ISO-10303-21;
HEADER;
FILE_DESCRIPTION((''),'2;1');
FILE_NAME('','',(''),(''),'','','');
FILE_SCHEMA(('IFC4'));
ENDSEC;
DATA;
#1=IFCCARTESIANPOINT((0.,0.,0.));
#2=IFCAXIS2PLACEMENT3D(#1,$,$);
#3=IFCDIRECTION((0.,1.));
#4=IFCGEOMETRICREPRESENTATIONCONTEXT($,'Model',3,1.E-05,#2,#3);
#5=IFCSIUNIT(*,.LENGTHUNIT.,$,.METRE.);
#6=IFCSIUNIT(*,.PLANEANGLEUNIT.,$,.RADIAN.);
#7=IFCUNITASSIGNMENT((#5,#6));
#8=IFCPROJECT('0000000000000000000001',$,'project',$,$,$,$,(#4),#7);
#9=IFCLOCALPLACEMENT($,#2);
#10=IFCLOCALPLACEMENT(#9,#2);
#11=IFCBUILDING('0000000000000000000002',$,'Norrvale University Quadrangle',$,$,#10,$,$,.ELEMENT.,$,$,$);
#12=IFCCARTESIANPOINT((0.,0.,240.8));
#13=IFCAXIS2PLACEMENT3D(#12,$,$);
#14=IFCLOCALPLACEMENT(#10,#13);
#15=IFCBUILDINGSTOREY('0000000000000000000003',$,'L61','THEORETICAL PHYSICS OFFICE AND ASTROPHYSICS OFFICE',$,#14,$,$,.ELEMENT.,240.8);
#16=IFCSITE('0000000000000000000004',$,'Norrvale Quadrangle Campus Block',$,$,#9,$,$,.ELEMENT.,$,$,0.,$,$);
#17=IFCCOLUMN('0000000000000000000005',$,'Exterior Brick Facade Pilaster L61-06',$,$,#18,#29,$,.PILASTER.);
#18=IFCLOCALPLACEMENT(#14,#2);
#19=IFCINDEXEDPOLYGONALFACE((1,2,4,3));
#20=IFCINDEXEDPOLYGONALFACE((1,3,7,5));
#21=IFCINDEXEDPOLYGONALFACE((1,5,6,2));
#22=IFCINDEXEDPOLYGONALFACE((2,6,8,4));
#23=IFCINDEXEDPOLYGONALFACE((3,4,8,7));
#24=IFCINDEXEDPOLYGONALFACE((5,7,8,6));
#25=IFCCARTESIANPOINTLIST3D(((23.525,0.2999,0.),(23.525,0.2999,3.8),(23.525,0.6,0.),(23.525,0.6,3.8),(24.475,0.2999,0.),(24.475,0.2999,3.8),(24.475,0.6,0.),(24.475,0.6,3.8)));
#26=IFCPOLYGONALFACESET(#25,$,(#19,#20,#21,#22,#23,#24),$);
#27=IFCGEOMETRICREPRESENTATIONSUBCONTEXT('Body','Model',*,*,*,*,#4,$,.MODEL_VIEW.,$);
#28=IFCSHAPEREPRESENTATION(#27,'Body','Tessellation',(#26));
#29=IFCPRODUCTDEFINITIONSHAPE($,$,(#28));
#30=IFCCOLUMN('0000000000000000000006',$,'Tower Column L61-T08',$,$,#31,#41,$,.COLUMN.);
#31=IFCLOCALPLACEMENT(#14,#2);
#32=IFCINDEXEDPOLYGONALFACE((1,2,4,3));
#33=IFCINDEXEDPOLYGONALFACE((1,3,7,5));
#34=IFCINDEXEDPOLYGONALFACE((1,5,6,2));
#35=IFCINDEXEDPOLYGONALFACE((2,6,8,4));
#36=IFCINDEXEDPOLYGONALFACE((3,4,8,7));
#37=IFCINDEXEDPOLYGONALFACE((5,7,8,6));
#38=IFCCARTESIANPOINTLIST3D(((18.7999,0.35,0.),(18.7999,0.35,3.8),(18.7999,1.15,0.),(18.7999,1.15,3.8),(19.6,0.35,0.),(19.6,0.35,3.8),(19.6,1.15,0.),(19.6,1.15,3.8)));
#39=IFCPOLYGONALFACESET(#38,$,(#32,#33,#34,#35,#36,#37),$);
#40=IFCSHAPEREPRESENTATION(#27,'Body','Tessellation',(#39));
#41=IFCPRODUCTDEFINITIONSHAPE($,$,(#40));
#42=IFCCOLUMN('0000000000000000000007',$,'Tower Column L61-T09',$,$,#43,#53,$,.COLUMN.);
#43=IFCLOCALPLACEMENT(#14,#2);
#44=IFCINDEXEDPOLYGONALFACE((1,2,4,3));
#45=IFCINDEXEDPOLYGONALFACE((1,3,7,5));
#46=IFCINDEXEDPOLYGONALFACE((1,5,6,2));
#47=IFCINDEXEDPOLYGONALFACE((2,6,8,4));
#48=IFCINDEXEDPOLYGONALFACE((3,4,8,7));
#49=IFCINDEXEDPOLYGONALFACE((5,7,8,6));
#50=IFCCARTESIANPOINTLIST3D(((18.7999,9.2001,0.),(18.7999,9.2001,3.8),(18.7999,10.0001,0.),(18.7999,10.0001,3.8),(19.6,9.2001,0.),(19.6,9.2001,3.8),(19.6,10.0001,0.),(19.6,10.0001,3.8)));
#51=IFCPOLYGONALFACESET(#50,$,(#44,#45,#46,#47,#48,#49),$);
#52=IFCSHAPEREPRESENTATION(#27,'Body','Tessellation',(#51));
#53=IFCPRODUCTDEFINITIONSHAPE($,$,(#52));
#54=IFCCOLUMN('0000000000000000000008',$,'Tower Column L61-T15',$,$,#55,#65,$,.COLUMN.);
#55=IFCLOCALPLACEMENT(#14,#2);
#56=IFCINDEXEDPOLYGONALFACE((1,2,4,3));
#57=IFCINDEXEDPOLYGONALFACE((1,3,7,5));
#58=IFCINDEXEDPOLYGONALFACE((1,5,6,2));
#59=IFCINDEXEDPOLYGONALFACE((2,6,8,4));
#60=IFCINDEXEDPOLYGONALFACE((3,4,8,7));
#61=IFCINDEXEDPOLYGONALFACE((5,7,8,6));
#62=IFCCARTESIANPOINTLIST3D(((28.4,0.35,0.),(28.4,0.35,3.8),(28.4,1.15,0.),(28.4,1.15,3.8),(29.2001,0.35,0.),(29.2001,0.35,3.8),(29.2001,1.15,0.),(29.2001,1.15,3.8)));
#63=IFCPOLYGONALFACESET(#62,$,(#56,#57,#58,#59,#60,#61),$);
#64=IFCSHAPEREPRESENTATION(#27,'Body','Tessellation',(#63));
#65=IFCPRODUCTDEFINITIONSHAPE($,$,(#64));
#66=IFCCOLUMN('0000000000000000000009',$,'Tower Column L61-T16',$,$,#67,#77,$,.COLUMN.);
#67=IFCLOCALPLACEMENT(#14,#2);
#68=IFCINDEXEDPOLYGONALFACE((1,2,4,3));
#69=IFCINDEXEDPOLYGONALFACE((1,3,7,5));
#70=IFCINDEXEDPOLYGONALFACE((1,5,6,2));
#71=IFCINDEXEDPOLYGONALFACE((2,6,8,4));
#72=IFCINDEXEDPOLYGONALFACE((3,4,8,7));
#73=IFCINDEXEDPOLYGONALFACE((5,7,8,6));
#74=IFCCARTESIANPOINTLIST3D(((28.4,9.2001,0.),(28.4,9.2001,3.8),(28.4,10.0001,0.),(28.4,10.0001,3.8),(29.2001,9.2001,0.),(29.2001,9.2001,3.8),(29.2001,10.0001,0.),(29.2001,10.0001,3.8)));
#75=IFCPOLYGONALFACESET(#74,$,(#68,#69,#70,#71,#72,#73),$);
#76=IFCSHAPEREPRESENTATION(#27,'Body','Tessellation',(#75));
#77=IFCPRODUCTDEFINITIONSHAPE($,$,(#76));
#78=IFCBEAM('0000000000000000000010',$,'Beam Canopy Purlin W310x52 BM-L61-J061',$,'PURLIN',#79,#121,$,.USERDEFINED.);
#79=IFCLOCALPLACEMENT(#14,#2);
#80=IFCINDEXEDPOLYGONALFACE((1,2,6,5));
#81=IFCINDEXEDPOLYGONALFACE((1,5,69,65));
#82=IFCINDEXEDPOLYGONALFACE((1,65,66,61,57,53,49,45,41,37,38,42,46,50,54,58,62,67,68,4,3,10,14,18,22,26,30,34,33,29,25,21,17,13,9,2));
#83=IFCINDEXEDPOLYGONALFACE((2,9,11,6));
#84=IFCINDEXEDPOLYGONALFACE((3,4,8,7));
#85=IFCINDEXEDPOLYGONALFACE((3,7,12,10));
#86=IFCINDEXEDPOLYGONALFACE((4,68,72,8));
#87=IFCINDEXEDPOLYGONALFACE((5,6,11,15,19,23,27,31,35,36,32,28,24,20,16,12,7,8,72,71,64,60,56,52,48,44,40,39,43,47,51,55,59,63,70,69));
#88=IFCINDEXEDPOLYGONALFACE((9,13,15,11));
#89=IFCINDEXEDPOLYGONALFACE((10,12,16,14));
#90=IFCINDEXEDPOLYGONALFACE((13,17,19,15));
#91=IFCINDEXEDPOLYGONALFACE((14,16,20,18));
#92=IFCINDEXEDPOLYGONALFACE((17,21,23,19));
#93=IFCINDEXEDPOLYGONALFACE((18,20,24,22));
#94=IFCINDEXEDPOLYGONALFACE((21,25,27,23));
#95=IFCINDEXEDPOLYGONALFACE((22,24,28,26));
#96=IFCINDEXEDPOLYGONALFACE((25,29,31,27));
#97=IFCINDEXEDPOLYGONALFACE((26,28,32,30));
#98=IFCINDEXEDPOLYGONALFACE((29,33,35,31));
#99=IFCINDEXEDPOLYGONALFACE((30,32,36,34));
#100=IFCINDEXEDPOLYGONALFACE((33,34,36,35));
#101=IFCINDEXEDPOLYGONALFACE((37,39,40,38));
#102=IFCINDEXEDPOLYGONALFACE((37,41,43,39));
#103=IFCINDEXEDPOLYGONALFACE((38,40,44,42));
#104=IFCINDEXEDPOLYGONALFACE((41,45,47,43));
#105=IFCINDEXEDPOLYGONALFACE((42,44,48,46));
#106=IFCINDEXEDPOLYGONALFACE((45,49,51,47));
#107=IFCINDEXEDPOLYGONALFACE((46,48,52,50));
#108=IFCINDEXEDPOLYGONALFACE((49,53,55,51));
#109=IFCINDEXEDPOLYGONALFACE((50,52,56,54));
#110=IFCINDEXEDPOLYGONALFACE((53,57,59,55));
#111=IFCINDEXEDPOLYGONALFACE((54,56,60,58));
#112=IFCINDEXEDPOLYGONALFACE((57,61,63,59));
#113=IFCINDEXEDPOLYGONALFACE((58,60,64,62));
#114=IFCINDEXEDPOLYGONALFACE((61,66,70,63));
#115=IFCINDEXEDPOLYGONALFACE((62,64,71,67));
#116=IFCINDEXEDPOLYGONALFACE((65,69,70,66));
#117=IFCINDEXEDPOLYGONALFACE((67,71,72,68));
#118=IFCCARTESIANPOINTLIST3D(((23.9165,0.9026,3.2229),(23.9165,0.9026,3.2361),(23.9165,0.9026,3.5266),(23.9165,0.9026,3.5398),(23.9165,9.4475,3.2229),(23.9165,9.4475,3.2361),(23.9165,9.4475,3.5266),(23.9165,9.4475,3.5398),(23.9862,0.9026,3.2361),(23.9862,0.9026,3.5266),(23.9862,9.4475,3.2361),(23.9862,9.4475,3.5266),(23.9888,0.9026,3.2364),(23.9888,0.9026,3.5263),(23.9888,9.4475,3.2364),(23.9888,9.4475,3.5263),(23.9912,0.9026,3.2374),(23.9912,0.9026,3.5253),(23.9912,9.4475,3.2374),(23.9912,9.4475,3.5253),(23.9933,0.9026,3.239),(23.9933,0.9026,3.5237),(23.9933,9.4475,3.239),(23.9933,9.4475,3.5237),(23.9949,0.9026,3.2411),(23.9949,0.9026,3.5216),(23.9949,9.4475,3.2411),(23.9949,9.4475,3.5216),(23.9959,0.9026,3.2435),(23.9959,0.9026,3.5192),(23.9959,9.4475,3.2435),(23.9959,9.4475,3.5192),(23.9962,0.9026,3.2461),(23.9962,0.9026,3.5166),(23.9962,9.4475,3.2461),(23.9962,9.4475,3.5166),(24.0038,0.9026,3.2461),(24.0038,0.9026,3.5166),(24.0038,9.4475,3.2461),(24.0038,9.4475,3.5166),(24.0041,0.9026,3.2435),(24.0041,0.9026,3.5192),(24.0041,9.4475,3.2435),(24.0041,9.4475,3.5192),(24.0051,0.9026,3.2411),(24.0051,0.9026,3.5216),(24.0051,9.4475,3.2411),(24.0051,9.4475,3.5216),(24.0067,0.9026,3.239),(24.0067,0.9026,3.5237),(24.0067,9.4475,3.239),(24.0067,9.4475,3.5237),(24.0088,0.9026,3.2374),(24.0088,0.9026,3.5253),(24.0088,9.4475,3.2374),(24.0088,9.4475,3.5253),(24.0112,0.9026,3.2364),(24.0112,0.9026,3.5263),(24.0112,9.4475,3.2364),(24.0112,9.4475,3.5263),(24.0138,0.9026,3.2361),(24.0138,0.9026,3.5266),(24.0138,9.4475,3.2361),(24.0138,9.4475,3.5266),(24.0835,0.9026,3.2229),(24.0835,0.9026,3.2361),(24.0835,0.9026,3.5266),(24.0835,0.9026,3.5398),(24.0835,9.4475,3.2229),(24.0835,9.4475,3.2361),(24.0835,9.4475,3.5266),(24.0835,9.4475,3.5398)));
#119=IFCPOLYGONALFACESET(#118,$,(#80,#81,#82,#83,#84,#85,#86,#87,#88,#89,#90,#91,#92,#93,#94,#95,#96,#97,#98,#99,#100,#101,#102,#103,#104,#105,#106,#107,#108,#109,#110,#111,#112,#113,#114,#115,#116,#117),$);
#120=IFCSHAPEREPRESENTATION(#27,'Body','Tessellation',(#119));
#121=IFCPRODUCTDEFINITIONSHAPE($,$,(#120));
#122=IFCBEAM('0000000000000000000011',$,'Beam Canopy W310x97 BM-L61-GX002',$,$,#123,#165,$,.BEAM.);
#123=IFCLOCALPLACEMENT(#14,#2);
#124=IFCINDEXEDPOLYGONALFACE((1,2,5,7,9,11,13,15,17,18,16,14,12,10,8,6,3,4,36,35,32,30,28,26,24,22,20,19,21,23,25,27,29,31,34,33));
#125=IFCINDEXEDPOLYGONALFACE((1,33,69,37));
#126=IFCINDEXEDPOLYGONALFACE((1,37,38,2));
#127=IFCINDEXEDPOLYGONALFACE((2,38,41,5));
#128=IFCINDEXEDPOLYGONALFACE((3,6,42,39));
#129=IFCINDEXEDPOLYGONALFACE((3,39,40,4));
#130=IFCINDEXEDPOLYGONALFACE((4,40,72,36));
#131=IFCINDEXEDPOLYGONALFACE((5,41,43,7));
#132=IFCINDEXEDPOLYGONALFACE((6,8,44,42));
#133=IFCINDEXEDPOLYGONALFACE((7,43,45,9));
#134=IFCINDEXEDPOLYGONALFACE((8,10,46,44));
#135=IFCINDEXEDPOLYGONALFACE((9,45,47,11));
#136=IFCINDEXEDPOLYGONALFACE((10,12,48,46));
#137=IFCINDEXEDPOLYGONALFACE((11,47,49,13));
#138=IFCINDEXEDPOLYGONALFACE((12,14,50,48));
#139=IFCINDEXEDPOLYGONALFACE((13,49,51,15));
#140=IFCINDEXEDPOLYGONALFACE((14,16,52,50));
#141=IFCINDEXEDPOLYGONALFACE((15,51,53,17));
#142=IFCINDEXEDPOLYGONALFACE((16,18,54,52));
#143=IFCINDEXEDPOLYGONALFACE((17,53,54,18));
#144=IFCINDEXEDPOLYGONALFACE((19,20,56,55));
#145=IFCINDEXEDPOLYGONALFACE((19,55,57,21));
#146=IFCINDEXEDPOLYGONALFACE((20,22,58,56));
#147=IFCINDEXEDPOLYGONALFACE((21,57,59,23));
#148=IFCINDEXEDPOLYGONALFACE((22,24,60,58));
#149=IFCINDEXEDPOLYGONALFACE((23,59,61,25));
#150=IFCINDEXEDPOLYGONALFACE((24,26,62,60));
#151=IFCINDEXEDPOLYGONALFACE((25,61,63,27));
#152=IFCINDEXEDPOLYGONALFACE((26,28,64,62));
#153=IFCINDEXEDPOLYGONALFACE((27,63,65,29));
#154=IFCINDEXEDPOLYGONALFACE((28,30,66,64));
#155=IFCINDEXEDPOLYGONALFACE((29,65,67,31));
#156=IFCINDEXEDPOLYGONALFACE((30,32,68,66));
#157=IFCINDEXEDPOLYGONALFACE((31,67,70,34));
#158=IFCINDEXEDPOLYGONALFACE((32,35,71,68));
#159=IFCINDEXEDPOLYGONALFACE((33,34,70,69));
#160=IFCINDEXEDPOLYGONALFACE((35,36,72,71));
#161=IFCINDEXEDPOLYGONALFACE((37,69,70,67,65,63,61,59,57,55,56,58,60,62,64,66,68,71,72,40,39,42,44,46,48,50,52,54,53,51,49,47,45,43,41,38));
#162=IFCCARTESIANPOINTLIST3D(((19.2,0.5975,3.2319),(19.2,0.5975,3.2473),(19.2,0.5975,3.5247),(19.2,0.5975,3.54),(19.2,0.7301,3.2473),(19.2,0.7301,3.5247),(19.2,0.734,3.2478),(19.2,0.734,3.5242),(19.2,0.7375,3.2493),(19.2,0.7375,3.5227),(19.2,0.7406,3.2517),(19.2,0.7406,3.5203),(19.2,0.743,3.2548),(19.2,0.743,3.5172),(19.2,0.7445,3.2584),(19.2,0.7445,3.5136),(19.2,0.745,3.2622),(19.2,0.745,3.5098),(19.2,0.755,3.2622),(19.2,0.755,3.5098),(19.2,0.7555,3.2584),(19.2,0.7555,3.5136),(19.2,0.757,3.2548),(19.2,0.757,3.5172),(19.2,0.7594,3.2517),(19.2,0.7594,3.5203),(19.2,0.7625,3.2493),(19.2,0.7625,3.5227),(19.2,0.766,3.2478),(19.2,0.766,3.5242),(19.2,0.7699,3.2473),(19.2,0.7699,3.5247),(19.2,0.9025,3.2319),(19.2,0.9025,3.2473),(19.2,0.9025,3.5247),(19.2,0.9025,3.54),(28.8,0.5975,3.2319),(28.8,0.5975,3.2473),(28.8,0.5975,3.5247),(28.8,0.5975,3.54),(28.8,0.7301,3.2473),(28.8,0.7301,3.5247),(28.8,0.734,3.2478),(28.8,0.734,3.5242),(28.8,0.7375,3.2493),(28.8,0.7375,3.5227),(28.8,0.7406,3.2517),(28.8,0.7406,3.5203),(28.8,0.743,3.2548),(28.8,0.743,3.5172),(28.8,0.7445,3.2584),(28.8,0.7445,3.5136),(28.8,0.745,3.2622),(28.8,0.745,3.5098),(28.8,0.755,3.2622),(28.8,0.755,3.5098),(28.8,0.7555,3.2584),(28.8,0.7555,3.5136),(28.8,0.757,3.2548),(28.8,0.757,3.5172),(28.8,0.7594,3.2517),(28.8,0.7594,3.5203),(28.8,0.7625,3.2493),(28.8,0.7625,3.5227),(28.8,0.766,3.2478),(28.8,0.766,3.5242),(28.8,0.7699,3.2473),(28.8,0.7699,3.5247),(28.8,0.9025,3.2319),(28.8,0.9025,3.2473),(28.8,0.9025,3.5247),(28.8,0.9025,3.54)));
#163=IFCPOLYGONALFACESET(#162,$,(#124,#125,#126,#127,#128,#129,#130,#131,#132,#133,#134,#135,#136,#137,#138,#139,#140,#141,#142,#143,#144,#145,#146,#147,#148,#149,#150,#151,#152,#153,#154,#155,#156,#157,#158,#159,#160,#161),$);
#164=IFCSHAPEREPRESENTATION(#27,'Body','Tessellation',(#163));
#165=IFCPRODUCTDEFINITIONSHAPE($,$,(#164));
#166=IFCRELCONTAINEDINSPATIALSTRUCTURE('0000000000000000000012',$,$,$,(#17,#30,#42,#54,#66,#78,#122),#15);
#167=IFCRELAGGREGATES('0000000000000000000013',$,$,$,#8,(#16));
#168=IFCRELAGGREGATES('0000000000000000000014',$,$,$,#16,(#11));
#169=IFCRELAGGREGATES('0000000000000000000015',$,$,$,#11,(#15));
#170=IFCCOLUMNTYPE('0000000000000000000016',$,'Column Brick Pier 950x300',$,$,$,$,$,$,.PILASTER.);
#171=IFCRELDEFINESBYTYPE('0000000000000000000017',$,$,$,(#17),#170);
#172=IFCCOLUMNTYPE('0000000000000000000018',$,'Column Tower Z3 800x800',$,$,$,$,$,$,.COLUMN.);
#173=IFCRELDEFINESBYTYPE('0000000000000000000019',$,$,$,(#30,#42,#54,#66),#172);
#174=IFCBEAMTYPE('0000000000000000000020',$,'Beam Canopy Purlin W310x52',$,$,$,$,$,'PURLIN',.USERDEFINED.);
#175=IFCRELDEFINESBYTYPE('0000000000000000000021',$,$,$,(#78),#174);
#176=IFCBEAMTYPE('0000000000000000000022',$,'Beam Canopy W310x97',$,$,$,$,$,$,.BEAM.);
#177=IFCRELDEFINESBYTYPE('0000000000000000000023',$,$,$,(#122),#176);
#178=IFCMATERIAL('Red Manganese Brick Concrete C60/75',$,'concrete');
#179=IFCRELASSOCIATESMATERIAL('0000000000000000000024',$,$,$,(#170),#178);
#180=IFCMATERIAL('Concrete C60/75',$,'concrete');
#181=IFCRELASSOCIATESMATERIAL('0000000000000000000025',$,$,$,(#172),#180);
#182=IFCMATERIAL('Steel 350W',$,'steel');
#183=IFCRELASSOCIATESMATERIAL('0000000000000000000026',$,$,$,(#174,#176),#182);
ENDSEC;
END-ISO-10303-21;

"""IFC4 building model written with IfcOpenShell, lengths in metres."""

from ifc_helpers import new_model, si_unit, direction, frame, origin, origin_2d, place, context, subcontext, project, spatial, rectangle, i_section, extrude, material, material_profile, profile_set, type_object, element, save


model = new_model("IFC4")

# Units and contexts
model_context = context("Model", 3, precision=1e-05, world=origin(), true_north=direction((0.0, 1.0)))
body_context = subcontext(model_context, "Body", "Model", "MODEL_VIEW")
ifc_project = project(units=[si_unit("LENGTHUNIT", "METRE"), si_unit("PLANEANGLEUNIT", "RADIAN")], contexts=[model_context])

# Site, building, storey
site_placement = place(None, origin())
site = spatial("IfcSite", under=ifc_project, at=site_placement, Name="Norrvale Quadrangle Campus Block", CompositionType="ELEMENT", RefElevation=0.0)
building_placement = place(site_placement, origin())
building = spatial("IfcBuilding", under=site, at=building_placement, Name="Norrvale University Quadrangle", CompositionType="ELEMENT")
storey_placement = place(building_placement, frame((0.0, 0.0, 240.8)))
storey = spatial("IfcBuildingStorey", under=building, at=storey_placement, Name="L61", Description="THEORETICAL PHYSICS OFFICE AND ASTROPHYSICS OFFICE", CompositionType="ELEMENT", Elevation=240.8)

# Columns
ifc_material_1 = material(Name="Red Manganese Brick Concrete C60/75", Category="concrete")
ifc_material_profile_1 = material_profile(ifc_material_1, rectangle(XDim=0.95, YDim=0.3, at=origin_2d()), Name="Red Manganese Brick Concrete C60/75")
ifc_profile_set_1 = profile_set([ifc_material_profile_1], Name="Red Manganese Brick Concrete C60/75")
column_type_1 = type_object("IfcColumnType", Name="Column Brick Pier 950x300", PredefinedType="PILASTER", material=ifc_profile_set_1)
column_placement = place(storey_placement, frame((24.0, 0.45, 0.0), z_axis=(0.0, 0.0, 1.0), x_axis=(1.0, 0.0, 0.0)))
element("IfcColumn", 1, at=column_placement, inside=storey, type_object=column_type_1, Name="Exterior Brick Facade Pilaster L61-06", PredefinedType="PILASTER", context=body_context, shape_type="SweptSolid", body=[
    extrude(rectangle(XDim=0.95, YDim=0.3, at=origin_2d()), origin(), (0.0, 0.0, 1.0), 3.8),
])
ifc_material_2 = material(Name="Concrete C60/75", Category="concrete")
ifc_material_profile_2 = material_profile(ifc_material_2, rectangle(XDim=0.8, YDim=0.8, at=origin_2d()), Name="Concrete C60/75")
ifc_profile_set_2 = profile_set([ifc_material_profile_2], Name="Concrete C60/75")
column_type_2 = type_object("IfcColumnType", Name="Column Tower Z3 800x800", PredefinedType="COLUMN", material=ifc_profile_set_2)
for number, where, z_axis, x_axis, name in (
    (2, (19.2, 0.75, 0.0), (0.0, 0.0, 1.0), (1.0, 0.0, 0.0), "Tower Column L61-T08"),
    (3, (19.2, 9.6001, 0.0), (0.0, 0.0, 1.0), (1.0, 0.0, 0.0), "Tower Column L61-T09"),
    (4, (28.8, 0.75, 0.0), (0.0, 0.0, 1.0), (1.0, 0.0, 0.0), "Tower Column L61-T15"),
    (5, (28.8, 9.6001, 0.0), (0.0, 0.0, 1.0), (1.0, 0.0, 0.0), "Tower Column L61-T16"),
):
    element("IfcColumn", number, at=place(storey_placement, frame(where, z_axis=z_axis, x_axis=x_axis)), inside=storey, type_object=column_type_2, Name=name, PredefinedType="COLUMN", context=body_context, shape_type="SweptSolid", body=[
        extrude(rectangle(XDim=0.8, YDim=0.8, at=origin_2d()), origin(), (0.0, 0.0, 1.0), 3.8),
    ])

# Beams
ifc_material_3 = material(Name="Steel 350W", Category="steel")
ifc_material_profile_3 = material_profile(ifc_material_3, i_section(OverallWidth=0.167, OverallDepth=0.3169, WebThickness=0.0076, FlangeThickness=0.0132, FilletRadius=0.01, at=origin_2d()), Name="Steel 350W")
ifc_profile_set_3 = profile_set([ifc_material_profile_3], Name="Steel 350W")
beam_type_1 = type_object("IfcBeamType", Name="Beam Canopy Purlin W310x52", ElementType="PURLIN", PredefinedType="USERDEFINED", material=ifc_profile_set_3)
beam_1_placement = place(storey_placement, frame((24.0, 0.9026, 3.3813), z_axis=(0.0, 1.0, 0.0), x_axis=(-1.0, 0.0, 0.0)))
element("IfcBeam", 6, at=beam_1_placement, inside=storey, type_object=beam_type_1, Name="Beam Canopy Purlin W310x52 BM-L61-J061", ObjectType="PURLIN", PredefinedType="USERDEFINED", context=body_context, shape_type="SweptSolid", body=[
    extrude(i_section(OverallWidth=0.167, OverallDepth=0.3169, WebThickness=0.0076, FlangeThickness=0.0132, FilletRadius=0.01, at=origin_2d()), origin(), (0.0, 0.0, 1.0), 8.5449),
])
ifc_material_profile_4 = material_profile(ifc_material_3, i_section(OverallWidth=0.3049, OverallDepth=0.3081, WebThickness=0.01, FlangeThickness=0.0154, FilletRadius=0.0149, at=origin_2d()), Name="Steel 350W")
ifc_profile_set_4 = profile_set([ifc_material_profile_4], Name="Steel 350W")
beam_type_2 = type_object("IfcBeamType", Name="Beam Canopy W310x97", PredefinedType="BEAM", material=ifc_profile_set_4)
beam_2_placement = place(storey_placement, frame((19.2, 0.75, 3.386), z_axis=(1.0, 0.0, 0.0), x_axis=(0.0, 1.0, 0.0)))
element("IfcBeam", 7, at=beam_2_placement, inside=storey, type_object=beam_type_2, Name="Beam Canopy W310x97 BM-L61-GX002", PredefinedType="BEAM", context=body_context, shape_type="SweptSolid", body=[
    extrude(i_section(OverallWidth=0.3049, OverallDepth=0.3081, WebThickness=0.01, FlangeThickness=0.0154, FilletRadius=0.0149, at=origin_2d()), origin(), (0.0, 0.0, 1.0), 9.6001),
])

save(model, "model.ifc")
